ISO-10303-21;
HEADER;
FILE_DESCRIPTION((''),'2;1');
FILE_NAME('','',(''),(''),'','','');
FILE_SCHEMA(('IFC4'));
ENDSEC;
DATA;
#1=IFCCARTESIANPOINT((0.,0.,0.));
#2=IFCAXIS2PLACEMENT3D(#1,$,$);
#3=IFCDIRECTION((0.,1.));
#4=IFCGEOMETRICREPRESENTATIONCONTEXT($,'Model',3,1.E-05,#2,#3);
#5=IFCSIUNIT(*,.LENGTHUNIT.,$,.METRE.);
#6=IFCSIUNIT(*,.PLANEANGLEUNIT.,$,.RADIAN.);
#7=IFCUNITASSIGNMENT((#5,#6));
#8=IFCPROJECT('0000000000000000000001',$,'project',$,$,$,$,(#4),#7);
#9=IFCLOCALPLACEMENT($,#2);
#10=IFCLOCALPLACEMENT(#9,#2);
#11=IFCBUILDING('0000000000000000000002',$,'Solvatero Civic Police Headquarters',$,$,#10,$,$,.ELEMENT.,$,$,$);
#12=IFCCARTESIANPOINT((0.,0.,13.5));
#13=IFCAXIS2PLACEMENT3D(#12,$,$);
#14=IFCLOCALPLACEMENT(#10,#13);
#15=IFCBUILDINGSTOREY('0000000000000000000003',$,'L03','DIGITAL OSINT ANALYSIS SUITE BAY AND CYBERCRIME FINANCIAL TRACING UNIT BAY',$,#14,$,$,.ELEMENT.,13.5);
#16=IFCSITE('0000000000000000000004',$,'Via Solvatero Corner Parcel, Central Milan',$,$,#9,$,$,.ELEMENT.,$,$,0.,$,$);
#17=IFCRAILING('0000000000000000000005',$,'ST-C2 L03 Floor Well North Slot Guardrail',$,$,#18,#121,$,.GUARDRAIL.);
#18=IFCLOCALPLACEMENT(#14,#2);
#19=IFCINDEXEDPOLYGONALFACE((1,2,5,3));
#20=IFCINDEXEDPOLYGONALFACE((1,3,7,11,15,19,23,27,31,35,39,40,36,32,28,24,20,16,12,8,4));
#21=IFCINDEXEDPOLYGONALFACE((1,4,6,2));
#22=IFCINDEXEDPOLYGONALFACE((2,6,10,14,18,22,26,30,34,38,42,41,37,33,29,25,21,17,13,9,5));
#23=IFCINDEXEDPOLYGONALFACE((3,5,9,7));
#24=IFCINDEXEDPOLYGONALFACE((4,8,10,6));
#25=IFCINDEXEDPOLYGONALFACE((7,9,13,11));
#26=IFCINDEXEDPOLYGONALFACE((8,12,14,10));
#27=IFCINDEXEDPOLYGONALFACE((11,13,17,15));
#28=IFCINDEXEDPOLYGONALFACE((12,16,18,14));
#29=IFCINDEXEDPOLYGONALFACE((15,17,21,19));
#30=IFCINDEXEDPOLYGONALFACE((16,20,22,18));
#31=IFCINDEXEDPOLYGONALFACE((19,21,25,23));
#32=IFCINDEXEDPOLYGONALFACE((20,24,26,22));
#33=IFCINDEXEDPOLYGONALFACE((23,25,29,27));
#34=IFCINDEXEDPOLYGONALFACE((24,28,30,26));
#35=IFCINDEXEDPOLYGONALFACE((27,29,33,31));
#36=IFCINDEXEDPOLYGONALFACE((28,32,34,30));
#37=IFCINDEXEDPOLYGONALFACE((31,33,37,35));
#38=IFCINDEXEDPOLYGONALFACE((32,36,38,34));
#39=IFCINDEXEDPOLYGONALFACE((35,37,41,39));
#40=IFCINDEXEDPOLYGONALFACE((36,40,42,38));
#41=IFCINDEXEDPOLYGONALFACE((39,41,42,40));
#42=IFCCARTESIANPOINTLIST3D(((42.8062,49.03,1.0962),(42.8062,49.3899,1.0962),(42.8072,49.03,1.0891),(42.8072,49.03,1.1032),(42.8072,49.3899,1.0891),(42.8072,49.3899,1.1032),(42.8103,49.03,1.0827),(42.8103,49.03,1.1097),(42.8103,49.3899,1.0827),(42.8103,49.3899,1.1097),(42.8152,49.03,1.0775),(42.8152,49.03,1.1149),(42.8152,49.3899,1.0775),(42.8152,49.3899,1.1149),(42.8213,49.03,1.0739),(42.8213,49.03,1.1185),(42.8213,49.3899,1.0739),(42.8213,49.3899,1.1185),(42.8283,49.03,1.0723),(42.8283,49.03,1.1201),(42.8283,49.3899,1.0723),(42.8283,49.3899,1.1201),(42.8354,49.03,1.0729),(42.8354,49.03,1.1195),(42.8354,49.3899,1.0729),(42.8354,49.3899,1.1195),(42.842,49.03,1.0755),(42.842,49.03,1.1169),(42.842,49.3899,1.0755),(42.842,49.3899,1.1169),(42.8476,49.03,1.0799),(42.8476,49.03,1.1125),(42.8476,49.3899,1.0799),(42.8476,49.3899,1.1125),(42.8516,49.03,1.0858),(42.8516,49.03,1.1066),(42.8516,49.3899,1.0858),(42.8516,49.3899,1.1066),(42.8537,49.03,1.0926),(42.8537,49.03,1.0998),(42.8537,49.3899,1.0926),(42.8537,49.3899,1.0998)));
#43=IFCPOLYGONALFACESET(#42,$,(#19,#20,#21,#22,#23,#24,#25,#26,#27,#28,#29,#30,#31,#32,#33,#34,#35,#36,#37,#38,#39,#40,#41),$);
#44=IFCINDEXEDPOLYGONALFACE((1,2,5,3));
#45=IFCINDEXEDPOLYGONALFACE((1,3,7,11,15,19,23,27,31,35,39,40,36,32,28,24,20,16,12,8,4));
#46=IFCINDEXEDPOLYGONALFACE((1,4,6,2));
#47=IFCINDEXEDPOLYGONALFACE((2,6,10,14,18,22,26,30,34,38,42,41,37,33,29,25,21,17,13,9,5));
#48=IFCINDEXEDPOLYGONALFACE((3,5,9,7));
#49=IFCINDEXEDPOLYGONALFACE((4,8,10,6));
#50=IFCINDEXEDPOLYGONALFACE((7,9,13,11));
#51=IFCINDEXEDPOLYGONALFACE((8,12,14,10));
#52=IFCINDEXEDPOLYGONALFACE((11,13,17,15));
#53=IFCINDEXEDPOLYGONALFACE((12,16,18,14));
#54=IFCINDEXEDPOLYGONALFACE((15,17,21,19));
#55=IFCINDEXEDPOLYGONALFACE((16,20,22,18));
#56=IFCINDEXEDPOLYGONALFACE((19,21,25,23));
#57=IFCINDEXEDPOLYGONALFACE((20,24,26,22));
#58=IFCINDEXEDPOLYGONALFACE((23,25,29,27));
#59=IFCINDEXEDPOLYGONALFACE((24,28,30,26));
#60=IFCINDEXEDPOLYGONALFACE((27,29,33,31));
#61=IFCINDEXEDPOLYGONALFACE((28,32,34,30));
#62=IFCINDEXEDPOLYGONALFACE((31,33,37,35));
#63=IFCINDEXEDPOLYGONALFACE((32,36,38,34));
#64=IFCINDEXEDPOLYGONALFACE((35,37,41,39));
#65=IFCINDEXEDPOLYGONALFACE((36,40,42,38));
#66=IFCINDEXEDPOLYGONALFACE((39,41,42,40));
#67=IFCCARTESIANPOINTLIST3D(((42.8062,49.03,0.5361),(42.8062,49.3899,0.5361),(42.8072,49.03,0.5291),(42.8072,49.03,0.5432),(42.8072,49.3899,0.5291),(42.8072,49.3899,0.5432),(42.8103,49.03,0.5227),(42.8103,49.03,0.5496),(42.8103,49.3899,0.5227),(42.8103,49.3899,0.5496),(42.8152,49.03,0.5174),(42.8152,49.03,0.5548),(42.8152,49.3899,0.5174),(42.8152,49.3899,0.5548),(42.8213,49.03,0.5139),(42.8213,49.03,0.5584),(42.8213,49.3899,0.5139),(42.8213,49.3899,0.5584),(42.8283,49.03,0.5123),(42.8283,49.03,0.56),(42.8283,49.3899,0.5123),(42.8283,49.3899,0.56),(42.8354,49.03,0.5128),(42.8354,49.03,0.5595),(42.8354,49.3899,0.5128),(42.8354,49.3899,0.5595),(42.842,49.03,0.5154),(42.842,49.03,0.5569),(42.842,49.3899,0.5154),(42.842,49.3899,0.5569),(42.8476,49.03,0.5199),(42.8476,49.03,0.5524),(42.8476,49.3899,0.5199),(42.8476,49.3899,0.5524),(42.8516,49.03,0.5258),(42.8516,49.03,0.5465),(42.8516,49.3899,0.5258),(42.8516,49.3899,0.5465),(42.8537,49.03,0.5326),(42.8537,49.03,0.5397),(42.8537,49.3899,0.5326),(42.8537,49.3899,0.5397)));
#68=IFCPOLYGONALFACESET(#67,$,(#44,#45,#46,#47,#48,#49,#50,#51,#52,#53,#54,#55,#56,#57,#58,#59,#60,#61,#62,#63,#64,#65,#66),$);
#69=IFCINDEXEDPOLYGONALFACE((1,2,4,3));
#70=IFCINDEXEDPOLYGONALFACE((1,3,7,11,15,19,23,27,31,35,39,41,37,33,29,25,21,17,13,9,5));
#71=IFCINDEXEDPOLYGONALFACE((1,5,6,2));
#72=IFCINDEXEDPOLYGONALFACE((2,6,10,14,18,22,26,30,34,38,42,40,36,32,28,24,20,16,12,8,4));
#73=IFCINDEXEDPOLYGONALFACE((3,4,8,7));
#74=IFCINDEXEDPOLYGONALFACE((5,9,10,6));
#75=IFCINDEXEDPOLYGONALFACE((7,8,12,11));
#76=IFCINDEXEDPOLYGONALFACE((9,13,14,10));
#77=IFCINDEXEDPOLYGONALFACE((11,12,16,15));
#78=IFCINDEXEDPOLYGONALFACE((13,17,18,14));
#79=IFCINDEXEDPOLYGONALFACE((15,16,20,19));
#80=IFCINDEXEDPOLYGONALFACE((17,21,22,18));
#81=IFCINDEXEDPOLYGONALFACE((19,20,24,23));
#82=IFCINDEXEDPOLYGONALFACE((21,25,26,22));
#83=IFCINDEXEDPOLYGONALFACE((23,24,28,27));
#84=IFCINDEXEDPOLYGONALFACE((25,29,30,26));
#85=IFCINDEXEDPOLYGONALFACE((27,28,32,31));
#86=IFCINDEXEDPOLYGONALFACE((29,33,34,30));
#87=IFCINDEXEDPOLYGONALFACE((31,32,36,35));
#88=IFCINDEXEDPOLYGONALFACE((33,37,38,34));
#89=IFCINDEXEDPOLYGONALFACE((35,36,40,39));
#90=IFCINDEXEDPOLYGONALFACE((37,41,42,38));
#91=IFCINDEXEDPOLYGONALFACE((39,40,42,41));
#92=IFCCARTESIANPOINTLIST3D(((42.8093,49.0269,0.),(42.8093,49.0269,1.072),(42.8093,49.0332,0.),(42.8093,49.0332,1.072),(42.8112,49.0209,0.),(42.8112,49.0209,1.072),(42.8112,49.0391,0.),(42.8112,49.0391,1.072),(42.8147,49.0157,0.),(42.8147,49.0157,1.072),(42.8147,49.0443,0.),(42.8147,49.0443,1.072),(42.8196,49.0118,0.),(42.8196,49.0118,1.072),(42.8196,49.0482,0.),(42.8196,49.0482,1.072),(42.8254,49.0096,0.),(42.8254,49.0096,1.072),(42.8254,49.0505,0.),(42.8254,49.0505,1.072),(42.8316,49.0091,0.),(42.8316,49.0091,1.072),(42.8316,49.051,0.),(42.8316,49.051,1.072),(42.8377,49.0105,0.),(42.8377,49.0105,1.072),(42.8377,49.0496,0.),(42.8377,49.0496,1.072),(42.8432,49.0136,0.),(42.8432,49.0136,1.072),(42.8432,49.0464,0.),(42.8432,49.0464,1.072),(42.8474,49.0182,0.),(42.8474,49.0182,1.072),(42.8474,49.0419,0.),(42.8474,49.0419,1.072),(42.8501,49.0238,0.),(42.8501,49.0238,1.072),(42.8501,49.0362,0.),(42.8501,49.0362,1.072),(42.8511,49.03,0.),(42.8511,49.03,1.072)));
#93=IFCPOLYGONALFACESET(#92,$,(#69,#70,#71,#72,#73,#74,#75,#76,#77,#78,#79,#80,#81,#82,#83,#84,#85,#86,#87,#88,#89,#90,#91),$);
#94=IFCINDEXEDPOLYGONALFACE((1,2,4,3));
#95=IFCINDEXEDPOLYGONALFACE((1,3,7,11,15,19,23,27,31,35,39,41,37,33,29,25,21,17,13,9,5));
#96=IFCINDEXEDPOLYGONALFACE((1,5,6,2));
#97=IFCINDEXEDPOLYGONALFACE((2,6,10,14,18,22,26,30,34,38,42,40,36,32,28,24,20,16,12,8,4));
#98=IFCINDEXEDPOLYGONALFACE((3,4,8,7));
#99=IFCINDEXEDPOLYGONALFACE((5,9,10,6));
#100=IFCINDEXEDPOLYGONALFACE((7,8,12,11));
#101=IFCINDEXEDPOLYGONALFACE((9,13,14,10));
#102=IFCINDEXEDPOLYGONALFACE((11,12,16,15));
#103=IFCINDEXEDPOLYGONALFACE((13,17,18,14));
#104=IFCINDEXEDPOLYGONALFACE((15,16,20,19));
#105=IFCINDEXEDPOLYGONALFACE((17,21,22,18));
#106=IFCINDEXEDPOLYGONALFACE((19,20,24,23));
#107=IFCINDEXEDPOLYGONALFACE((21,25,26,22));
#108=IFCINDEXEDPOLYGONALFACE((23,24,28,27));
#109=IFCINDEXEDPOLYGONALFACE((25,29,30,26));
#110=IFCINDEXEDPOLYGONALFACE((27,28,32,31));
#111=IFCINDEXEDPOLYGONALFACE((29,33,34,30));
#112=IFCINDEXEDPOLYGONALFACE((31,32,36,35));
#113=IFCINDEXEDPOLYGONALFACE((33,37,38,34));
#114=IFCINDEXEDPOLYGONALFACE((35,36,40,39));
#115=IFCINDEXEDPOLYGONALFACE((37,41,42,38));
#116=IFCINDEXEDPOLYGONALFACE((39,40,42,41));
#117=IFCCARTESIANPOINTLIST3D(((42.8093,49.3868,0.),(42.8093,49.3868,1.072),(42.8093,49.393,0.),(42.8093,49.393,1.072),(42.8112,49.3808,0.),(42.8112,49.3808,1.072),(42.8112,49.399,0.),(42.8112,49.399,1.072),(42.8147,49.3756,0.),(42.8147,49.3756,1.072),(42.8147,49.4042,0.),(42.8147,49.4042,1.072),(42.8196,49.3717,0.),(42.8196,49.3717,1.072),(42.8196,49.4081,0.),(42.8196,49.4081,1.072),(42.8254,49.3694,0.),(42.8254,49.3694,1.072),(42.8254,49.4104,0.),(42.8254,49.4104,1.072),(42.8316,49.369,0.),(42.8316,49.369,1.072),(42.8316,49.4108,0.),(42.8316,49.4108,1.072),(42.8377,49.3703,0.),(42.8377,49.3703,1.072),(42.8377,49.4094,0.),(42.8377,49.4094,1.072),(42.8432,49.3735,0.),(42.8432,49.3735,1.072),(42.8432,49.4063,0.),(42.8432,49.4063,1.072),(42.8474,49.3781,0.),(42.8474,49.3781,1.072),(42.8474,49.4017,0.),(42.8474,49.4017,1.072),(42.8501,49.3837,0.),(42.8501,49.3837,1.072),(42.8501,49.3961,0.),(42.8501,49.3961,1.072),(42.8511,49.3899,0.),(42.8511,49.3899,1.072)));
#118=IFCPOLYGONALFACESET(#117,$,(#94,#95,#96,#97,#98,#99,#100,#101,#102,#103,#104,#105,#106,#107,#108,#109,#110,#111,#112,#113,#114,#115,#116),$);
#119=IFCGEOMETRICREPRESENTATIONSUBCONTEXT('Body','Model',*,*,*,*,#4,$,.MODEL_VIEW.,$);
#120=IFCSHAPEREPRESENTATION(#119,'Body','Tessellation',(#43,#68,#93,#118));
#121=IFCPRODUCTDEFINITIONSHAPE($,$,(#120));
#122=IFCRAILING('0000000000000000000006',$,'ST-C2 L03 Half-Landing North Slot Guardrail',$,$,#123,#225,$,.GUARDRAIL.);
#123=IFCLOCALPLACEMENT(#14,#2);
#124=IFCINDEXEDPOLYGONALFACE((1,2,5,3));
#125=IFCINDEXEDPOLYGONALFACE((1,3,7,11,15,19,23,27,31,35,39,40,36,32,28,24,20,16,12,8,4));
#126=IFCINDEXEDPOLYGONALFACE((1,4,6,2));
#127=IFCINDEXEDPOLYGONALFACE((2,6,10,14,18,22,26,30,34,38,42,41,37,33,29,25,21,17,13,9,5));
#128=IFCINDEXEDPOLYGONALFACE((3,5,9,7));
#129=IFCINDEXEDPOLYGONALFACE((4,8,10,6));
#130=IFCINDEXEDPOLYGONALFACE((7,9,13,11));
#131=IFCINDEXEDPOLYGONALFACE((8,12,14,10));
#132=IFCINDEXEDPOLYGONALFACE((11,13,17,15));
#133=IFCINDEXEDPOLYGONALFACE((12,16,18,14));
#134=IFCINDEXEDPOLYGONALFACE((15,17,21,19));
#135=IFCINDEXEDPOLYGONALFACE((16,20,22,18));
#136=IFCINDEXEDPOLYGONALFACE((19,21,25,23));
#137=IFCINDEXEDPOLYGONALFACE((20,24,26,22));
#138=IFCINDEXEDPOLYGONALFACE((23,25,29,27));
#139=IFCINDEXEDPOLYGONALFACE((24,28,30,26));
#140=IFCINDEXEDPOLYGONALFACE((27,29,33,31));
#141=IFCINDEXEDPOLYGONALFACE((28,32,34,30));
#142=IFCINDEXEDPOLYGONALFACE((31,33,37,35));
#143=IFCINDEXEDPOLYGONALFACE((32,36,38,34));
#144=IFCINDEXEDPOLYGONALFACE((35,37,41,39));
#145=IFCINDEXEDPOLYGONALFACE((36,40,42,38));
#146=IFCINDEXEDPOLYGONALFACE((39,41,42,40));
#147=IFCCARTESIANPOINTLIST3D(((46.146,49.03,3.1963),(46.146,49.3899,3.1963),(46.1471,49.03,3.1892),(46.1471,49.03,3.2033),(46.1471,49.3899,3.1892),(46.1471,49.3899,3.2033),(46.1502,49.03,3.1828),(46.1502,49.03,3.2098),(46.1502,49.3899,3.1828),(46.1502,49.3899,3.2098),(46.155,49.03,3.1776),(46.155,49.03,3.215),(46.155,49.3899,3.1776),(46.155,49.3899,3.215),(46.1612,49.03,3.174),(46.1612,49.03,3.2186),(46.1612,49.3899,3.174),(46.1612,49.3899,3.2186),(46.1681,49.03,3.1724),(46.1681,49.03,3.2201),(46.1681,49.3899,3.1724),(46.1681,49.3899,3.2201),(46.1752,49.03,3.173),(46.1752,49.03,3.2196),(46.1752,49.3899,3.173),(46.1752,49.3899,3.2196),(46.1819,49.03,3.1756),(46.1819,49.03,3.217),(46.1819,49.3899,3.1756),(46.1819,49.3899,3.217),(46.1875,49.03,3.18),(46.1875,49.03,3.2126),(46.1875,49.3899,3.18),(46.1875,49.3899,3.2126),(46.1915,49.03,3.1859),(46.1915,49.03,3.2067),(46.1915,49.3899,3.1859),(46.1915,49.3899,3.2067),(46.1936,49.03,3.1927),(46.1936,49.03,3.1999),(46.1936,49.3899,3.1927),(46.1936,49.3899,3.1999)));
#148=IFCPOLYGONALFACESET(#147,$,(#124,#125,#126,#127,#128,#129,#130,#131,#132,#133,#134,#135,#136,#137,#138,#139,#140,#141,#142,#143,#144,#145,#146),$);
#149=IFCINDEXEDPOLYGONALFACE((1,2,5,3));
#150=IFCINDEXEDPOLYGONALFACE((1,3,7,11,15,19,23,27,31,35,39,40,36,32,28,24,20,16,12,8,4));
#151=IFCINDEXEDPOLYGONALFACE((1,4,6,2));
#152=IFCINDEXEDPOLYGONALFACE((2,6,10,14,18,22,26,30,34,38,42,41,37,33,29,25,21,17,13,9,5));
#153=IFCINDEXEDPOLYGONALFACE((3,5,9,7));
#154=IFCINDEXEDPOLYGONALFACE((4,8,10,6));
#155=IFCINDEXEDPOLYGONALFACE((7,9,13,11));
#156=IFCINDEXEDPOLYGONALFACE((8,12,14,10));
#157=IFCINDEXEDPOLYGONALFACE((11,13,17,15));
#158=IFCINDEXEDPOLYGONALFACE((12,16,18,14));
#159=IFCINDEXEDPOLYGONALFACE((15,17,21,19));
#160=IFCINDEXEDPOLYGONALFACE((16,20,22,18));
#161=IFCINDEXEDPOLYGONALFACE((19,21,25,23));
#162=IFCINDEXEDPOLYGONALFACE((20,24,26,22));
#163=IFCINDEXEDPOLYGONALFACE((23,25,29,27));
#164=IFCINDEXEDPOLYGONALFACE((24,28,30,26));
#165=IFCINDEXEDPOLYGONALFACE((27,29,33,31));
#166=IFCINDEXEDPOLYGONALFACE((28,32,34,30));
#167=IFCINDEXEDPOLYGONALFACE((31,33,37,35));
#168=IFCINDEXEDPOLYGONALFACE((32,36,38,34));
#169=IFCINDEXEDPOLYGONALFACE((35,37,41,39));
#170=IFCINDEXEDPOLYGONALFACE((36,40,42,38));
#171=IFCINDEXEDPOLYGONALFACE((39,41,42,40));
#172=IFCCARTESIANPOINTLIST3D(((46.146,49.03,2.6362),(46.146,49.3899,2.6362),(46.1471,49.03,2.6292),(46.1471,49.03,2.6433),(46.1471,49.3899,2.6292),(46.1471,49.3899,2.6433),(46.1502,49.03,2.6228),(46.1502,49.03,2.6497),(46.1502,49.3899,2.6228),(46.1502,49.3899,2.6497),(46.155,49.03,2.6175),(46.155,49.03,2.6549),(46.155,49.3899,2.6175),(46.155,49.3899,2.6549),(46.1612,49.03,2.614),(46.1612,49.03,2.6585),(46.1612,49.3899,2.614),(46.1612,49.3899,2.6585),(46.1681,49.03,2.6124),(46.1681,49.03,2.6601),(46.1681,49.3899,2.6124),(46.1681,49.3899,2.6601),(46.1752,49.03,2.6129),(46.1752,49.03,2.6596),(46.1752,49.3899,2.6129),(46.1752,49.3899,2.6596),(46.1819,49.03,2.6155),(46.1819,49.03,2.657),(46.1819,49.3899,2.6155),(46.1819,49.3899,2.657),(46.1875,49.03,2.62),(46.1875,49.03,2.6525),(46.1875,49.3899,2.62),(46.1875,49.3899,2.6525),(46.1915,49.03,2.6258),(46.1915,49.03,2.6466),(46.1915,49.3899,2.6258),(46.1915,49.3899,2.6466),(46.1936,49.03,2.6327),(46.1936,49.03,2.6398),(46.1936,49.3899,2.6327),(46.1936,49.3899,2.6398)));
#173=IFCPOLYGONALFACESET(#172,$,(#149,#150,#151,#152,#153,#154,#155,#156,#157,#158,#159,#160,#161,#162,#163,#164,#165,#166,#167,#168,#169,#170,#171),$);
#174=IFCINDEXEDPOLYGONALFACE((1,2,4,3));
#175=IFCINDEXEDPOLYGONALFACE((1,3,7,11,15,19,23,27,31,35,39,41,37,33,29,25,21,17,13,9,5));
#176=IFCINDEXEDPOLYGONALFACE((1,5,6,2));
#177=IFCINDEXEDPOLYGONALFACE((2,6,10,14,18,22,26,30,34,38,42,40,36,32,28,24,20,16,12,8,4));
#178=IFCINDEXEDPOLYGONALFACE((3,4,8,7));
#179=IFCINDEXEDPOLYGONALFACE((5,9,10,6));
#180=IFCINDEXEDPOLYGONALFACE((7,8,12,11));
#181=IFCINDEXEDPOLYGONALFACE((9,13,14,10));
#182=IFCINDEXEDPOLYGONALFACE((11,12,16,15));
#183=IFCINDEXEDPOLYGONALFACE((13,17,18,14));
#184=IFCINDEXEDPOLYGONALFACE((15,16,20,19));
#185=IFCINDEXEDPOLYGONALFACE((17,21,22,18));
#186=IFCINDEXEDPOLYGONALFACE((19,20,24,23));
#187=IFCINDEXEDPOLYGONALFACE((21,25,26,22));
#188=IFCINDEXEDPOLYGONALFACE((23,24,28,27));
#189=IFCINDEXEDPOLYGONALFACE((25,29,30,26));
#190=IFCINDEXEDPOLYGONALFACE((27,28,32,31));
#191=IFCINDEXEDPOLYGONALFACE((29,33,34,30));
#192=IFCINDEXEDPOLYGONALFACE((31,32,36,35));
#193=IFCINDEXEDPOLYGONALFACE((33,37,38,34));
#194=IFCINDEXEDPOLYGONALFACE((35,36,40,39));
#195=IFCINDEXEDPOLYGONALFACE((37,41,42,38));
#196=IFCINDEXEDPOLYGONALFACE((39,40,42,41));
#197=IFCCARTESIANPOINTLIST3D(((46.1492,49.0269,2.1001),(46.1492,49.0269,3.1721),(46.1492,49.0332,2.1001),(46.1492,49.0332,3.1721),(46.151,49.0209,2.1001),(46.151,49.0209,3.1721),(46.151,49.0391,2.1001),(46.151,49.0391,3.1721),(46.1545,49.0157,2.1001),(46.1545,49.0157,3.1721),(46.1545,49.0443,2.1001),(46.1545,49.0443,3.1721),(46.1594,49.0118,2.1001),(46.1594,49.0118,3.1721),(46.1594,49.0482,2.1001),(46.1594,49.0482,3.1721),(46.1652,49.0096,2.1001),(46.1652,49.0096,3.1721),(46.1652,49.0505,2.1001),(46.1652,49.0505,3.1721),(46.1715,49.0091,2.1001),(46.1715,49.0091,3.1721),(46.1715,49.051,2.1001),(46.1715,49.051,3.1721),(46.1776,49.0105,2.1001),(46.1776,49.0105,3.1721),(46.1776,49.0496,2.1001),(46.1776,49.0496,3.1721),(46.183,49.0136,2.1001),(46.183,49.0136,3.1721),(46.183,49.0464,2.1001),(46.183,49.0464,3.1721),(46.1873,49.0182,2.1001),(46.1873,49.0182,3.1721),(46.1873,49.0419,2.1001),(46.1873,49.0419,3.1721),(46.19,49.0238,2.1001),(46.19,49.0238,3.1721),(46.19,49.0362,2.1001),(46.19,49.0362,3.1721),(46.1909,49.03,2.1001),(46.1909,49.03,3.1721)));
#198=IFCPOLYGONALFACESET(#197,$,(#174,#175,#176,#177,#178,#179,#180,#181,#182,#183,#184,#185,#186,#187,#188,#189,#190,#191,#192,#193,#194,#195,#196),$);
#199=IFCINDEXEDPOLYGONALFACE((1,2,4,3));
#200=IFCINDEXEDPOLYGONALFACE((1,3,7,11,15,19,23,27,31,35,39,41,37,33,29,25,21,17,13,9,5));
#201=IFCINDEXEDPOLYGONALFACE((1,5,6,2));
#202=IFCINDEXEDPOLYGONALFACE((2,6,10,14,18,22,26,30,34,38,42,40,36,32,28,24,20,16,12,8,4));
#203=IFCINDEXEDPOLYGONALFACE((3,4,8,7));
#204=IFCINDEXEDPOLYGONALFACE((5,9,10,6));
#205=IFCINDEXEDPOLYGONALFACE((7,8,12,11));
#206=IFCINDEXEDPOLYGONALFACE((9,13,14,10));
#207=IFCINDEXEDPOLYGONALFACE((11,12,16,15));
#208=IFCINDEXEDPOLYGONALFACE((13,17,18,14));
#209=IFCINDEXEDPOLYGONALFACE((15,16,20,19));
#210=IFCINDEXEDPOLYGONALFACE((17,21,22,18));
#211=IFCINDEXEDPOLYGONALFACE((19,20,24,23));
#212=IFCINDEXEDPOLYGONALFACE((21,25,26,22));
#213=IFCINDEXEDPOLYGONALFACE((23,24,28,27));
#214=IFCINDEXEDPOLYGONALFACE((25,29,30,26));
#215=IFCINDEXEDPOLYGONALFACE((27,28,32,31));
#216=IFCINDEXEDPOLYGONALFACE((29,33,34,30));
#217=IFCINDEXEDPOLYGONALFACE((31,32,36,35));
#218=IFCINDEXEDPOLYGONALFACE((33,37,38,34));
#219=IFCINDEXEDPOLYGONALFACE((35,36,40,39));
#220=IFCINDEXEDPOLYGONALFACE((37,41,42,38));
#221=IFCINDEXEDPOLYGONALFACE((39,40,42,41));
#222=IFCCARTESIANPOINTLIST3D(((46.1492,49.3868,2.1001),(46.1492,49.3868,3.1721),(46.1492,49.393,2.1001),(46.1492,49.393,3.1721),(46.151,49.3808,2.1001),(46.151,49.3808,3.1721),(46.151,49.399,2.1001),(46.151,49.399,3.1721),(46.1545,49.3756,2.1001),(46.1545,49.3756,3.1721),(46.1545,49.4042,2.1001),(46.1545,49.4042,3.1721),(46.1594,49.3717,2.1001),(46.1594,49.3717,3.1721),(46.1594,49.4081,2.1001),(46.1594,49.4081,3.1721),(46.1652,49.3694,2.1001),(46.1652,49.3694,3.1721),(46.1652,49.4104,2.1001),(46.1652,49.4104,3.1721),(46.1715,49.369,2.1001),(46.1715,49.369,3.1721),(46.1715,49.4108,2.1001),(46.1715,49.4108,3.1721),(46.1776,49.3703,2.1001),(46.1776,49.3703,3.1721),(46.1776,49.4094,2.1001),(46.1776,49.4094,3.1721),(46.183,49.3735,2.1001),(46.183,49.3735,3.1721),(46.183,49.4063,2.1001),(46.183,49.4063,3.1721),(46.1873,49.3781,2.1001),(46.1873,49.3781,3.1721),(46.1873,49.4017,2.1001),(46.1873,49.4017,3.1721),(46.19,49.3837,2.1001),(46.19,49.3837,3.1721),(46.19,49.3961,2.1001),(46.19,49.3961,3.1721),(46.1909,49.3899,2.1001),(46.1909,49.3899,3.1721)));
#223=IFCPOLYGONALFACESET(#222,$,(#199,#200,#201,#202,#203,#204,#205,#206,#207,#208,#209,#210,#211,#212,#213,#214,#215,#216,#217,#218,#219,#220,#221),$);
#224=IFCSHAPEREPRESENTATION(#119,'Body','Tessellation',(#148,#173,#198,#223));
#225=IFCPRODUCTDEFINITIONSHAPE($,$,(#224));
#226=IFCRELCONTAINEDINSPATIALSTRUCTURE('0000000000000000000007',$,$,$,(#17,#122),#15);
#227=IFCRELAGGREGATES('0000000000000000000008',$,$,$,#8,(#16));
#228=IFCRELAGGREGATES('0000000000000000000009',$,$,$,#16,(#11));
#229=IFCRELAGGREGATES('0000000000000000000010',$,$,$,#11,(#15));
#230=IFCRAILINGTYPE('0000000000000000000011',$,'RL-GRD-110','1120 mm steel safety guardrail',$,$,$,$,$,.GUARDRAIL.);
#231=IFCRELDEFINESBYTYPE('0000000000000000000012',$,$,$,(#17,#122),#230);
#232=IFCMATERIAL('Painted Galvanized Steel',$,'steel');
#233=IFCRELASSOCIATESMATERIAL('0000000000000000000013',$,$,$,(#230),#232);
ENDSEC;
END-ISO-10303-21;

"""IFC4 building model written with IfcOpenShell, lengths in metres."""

from ifc_helpers import new_model, si_unit, direction, frame, origin, origin_2d, place, context, subcontext, project, spatial, circle, extrude, material, type_object, element, save


model = new_model("IFC4")

# Units and contexts
model_context = context("Model", 3, precision=1e-05, world=origin(), true_north=direction((0.0, 1.0)))
body_context = subcontext(model_context, "Body", "Model", "MODEL_VIEW")
ifc_project = project(units=[si_unit("LENGTHUNIT", "METRE"), si_unit("PLANEANGLEUNIT", "RADIAN")], contexts=[model_context])

# Site, building, storey
site_placement = place(None, origin())
site = spatial("IfcSite", under=ifc_project, at=site_placement, Name="Via Solvatero Corner Parcel, Central Milan", CompositionType="ELEMENT", RefElevation=0.0)
building_placement = place(site_placement, origin())
building = spatial("IfcBuilding", under=site, at=building_placement, Name="Solvatero Civic Police Headquarters", CompositionType="ELEMENT")
storey_placement = place(building_placement, frame((0.0, 0.0, 13.5)))
storey = spatial("IfcBuildingStorey", under=building, at=storey_placement, Name="L03", Description="DIGITAL OSINT ANALYSIS SUITE BAY AND CYBERCRIME FINANCIAL TRACING UNIT BAY", CompositionType="ELEMENT", Elevation=13.5)

# Railings
ifc_material_1 = material(Name="Painted Galvanized Steel", Category="steel")
railing_type_1 = type_object("IfcRailingType", Name="RL-GRD-110", Description="1120 mm steel safety guardrail", PredefinedType="GUARDRAIL", material=ifc_material_1)
for number, where, name in (
    (1, (42.8301, 49.03, 0.0), "ST-C2 L03 Floor Well North Slot Guardrail"),
    (2, (46.1699, 49.03, 2.1001), "ST-C2 L03 Half-Landing North Slot Guardrail"),
):
    element("IfcRailing", number, at=place(storey_placement, frame(where)), inside=storey, type_object=railing_type_1, Name=name, PredefinedType="GUARDRAIL", context=body_context, shape_type="SweptSolid", body=[
        extrude(circle(Radius=0.0239, at=origin_2d()), frame((0.0, 0.0, 1.0962), z_axis=(0.0, 1.0, 0.0), x_axis=(-1.0, 0.0, 0.0)), (0.0, 0.0, 1.0), 0.3599),
        extrude(circle(Radius=0.0239, at=origin_2d()), frame((0.0, 0.0, 0.5361), z_axis=(0.0, 1.0, 0.0), x_axis=(-1.0, 0.0, 0.0)), (0.0, 0.0, 1.0), 0.3599),
        extrude(circle(Radius=0.021, at=origin_2d()), origin(), (0.0, 0.0, 1.0), 1.072),
        extrude(circle(Radius=0.021, at=origin_2d()), frame((0.0, 0.3599, 0.0)), (0.0, 0.0, 1.0), 1.072),
    ])

save(model, "model.ifc")
